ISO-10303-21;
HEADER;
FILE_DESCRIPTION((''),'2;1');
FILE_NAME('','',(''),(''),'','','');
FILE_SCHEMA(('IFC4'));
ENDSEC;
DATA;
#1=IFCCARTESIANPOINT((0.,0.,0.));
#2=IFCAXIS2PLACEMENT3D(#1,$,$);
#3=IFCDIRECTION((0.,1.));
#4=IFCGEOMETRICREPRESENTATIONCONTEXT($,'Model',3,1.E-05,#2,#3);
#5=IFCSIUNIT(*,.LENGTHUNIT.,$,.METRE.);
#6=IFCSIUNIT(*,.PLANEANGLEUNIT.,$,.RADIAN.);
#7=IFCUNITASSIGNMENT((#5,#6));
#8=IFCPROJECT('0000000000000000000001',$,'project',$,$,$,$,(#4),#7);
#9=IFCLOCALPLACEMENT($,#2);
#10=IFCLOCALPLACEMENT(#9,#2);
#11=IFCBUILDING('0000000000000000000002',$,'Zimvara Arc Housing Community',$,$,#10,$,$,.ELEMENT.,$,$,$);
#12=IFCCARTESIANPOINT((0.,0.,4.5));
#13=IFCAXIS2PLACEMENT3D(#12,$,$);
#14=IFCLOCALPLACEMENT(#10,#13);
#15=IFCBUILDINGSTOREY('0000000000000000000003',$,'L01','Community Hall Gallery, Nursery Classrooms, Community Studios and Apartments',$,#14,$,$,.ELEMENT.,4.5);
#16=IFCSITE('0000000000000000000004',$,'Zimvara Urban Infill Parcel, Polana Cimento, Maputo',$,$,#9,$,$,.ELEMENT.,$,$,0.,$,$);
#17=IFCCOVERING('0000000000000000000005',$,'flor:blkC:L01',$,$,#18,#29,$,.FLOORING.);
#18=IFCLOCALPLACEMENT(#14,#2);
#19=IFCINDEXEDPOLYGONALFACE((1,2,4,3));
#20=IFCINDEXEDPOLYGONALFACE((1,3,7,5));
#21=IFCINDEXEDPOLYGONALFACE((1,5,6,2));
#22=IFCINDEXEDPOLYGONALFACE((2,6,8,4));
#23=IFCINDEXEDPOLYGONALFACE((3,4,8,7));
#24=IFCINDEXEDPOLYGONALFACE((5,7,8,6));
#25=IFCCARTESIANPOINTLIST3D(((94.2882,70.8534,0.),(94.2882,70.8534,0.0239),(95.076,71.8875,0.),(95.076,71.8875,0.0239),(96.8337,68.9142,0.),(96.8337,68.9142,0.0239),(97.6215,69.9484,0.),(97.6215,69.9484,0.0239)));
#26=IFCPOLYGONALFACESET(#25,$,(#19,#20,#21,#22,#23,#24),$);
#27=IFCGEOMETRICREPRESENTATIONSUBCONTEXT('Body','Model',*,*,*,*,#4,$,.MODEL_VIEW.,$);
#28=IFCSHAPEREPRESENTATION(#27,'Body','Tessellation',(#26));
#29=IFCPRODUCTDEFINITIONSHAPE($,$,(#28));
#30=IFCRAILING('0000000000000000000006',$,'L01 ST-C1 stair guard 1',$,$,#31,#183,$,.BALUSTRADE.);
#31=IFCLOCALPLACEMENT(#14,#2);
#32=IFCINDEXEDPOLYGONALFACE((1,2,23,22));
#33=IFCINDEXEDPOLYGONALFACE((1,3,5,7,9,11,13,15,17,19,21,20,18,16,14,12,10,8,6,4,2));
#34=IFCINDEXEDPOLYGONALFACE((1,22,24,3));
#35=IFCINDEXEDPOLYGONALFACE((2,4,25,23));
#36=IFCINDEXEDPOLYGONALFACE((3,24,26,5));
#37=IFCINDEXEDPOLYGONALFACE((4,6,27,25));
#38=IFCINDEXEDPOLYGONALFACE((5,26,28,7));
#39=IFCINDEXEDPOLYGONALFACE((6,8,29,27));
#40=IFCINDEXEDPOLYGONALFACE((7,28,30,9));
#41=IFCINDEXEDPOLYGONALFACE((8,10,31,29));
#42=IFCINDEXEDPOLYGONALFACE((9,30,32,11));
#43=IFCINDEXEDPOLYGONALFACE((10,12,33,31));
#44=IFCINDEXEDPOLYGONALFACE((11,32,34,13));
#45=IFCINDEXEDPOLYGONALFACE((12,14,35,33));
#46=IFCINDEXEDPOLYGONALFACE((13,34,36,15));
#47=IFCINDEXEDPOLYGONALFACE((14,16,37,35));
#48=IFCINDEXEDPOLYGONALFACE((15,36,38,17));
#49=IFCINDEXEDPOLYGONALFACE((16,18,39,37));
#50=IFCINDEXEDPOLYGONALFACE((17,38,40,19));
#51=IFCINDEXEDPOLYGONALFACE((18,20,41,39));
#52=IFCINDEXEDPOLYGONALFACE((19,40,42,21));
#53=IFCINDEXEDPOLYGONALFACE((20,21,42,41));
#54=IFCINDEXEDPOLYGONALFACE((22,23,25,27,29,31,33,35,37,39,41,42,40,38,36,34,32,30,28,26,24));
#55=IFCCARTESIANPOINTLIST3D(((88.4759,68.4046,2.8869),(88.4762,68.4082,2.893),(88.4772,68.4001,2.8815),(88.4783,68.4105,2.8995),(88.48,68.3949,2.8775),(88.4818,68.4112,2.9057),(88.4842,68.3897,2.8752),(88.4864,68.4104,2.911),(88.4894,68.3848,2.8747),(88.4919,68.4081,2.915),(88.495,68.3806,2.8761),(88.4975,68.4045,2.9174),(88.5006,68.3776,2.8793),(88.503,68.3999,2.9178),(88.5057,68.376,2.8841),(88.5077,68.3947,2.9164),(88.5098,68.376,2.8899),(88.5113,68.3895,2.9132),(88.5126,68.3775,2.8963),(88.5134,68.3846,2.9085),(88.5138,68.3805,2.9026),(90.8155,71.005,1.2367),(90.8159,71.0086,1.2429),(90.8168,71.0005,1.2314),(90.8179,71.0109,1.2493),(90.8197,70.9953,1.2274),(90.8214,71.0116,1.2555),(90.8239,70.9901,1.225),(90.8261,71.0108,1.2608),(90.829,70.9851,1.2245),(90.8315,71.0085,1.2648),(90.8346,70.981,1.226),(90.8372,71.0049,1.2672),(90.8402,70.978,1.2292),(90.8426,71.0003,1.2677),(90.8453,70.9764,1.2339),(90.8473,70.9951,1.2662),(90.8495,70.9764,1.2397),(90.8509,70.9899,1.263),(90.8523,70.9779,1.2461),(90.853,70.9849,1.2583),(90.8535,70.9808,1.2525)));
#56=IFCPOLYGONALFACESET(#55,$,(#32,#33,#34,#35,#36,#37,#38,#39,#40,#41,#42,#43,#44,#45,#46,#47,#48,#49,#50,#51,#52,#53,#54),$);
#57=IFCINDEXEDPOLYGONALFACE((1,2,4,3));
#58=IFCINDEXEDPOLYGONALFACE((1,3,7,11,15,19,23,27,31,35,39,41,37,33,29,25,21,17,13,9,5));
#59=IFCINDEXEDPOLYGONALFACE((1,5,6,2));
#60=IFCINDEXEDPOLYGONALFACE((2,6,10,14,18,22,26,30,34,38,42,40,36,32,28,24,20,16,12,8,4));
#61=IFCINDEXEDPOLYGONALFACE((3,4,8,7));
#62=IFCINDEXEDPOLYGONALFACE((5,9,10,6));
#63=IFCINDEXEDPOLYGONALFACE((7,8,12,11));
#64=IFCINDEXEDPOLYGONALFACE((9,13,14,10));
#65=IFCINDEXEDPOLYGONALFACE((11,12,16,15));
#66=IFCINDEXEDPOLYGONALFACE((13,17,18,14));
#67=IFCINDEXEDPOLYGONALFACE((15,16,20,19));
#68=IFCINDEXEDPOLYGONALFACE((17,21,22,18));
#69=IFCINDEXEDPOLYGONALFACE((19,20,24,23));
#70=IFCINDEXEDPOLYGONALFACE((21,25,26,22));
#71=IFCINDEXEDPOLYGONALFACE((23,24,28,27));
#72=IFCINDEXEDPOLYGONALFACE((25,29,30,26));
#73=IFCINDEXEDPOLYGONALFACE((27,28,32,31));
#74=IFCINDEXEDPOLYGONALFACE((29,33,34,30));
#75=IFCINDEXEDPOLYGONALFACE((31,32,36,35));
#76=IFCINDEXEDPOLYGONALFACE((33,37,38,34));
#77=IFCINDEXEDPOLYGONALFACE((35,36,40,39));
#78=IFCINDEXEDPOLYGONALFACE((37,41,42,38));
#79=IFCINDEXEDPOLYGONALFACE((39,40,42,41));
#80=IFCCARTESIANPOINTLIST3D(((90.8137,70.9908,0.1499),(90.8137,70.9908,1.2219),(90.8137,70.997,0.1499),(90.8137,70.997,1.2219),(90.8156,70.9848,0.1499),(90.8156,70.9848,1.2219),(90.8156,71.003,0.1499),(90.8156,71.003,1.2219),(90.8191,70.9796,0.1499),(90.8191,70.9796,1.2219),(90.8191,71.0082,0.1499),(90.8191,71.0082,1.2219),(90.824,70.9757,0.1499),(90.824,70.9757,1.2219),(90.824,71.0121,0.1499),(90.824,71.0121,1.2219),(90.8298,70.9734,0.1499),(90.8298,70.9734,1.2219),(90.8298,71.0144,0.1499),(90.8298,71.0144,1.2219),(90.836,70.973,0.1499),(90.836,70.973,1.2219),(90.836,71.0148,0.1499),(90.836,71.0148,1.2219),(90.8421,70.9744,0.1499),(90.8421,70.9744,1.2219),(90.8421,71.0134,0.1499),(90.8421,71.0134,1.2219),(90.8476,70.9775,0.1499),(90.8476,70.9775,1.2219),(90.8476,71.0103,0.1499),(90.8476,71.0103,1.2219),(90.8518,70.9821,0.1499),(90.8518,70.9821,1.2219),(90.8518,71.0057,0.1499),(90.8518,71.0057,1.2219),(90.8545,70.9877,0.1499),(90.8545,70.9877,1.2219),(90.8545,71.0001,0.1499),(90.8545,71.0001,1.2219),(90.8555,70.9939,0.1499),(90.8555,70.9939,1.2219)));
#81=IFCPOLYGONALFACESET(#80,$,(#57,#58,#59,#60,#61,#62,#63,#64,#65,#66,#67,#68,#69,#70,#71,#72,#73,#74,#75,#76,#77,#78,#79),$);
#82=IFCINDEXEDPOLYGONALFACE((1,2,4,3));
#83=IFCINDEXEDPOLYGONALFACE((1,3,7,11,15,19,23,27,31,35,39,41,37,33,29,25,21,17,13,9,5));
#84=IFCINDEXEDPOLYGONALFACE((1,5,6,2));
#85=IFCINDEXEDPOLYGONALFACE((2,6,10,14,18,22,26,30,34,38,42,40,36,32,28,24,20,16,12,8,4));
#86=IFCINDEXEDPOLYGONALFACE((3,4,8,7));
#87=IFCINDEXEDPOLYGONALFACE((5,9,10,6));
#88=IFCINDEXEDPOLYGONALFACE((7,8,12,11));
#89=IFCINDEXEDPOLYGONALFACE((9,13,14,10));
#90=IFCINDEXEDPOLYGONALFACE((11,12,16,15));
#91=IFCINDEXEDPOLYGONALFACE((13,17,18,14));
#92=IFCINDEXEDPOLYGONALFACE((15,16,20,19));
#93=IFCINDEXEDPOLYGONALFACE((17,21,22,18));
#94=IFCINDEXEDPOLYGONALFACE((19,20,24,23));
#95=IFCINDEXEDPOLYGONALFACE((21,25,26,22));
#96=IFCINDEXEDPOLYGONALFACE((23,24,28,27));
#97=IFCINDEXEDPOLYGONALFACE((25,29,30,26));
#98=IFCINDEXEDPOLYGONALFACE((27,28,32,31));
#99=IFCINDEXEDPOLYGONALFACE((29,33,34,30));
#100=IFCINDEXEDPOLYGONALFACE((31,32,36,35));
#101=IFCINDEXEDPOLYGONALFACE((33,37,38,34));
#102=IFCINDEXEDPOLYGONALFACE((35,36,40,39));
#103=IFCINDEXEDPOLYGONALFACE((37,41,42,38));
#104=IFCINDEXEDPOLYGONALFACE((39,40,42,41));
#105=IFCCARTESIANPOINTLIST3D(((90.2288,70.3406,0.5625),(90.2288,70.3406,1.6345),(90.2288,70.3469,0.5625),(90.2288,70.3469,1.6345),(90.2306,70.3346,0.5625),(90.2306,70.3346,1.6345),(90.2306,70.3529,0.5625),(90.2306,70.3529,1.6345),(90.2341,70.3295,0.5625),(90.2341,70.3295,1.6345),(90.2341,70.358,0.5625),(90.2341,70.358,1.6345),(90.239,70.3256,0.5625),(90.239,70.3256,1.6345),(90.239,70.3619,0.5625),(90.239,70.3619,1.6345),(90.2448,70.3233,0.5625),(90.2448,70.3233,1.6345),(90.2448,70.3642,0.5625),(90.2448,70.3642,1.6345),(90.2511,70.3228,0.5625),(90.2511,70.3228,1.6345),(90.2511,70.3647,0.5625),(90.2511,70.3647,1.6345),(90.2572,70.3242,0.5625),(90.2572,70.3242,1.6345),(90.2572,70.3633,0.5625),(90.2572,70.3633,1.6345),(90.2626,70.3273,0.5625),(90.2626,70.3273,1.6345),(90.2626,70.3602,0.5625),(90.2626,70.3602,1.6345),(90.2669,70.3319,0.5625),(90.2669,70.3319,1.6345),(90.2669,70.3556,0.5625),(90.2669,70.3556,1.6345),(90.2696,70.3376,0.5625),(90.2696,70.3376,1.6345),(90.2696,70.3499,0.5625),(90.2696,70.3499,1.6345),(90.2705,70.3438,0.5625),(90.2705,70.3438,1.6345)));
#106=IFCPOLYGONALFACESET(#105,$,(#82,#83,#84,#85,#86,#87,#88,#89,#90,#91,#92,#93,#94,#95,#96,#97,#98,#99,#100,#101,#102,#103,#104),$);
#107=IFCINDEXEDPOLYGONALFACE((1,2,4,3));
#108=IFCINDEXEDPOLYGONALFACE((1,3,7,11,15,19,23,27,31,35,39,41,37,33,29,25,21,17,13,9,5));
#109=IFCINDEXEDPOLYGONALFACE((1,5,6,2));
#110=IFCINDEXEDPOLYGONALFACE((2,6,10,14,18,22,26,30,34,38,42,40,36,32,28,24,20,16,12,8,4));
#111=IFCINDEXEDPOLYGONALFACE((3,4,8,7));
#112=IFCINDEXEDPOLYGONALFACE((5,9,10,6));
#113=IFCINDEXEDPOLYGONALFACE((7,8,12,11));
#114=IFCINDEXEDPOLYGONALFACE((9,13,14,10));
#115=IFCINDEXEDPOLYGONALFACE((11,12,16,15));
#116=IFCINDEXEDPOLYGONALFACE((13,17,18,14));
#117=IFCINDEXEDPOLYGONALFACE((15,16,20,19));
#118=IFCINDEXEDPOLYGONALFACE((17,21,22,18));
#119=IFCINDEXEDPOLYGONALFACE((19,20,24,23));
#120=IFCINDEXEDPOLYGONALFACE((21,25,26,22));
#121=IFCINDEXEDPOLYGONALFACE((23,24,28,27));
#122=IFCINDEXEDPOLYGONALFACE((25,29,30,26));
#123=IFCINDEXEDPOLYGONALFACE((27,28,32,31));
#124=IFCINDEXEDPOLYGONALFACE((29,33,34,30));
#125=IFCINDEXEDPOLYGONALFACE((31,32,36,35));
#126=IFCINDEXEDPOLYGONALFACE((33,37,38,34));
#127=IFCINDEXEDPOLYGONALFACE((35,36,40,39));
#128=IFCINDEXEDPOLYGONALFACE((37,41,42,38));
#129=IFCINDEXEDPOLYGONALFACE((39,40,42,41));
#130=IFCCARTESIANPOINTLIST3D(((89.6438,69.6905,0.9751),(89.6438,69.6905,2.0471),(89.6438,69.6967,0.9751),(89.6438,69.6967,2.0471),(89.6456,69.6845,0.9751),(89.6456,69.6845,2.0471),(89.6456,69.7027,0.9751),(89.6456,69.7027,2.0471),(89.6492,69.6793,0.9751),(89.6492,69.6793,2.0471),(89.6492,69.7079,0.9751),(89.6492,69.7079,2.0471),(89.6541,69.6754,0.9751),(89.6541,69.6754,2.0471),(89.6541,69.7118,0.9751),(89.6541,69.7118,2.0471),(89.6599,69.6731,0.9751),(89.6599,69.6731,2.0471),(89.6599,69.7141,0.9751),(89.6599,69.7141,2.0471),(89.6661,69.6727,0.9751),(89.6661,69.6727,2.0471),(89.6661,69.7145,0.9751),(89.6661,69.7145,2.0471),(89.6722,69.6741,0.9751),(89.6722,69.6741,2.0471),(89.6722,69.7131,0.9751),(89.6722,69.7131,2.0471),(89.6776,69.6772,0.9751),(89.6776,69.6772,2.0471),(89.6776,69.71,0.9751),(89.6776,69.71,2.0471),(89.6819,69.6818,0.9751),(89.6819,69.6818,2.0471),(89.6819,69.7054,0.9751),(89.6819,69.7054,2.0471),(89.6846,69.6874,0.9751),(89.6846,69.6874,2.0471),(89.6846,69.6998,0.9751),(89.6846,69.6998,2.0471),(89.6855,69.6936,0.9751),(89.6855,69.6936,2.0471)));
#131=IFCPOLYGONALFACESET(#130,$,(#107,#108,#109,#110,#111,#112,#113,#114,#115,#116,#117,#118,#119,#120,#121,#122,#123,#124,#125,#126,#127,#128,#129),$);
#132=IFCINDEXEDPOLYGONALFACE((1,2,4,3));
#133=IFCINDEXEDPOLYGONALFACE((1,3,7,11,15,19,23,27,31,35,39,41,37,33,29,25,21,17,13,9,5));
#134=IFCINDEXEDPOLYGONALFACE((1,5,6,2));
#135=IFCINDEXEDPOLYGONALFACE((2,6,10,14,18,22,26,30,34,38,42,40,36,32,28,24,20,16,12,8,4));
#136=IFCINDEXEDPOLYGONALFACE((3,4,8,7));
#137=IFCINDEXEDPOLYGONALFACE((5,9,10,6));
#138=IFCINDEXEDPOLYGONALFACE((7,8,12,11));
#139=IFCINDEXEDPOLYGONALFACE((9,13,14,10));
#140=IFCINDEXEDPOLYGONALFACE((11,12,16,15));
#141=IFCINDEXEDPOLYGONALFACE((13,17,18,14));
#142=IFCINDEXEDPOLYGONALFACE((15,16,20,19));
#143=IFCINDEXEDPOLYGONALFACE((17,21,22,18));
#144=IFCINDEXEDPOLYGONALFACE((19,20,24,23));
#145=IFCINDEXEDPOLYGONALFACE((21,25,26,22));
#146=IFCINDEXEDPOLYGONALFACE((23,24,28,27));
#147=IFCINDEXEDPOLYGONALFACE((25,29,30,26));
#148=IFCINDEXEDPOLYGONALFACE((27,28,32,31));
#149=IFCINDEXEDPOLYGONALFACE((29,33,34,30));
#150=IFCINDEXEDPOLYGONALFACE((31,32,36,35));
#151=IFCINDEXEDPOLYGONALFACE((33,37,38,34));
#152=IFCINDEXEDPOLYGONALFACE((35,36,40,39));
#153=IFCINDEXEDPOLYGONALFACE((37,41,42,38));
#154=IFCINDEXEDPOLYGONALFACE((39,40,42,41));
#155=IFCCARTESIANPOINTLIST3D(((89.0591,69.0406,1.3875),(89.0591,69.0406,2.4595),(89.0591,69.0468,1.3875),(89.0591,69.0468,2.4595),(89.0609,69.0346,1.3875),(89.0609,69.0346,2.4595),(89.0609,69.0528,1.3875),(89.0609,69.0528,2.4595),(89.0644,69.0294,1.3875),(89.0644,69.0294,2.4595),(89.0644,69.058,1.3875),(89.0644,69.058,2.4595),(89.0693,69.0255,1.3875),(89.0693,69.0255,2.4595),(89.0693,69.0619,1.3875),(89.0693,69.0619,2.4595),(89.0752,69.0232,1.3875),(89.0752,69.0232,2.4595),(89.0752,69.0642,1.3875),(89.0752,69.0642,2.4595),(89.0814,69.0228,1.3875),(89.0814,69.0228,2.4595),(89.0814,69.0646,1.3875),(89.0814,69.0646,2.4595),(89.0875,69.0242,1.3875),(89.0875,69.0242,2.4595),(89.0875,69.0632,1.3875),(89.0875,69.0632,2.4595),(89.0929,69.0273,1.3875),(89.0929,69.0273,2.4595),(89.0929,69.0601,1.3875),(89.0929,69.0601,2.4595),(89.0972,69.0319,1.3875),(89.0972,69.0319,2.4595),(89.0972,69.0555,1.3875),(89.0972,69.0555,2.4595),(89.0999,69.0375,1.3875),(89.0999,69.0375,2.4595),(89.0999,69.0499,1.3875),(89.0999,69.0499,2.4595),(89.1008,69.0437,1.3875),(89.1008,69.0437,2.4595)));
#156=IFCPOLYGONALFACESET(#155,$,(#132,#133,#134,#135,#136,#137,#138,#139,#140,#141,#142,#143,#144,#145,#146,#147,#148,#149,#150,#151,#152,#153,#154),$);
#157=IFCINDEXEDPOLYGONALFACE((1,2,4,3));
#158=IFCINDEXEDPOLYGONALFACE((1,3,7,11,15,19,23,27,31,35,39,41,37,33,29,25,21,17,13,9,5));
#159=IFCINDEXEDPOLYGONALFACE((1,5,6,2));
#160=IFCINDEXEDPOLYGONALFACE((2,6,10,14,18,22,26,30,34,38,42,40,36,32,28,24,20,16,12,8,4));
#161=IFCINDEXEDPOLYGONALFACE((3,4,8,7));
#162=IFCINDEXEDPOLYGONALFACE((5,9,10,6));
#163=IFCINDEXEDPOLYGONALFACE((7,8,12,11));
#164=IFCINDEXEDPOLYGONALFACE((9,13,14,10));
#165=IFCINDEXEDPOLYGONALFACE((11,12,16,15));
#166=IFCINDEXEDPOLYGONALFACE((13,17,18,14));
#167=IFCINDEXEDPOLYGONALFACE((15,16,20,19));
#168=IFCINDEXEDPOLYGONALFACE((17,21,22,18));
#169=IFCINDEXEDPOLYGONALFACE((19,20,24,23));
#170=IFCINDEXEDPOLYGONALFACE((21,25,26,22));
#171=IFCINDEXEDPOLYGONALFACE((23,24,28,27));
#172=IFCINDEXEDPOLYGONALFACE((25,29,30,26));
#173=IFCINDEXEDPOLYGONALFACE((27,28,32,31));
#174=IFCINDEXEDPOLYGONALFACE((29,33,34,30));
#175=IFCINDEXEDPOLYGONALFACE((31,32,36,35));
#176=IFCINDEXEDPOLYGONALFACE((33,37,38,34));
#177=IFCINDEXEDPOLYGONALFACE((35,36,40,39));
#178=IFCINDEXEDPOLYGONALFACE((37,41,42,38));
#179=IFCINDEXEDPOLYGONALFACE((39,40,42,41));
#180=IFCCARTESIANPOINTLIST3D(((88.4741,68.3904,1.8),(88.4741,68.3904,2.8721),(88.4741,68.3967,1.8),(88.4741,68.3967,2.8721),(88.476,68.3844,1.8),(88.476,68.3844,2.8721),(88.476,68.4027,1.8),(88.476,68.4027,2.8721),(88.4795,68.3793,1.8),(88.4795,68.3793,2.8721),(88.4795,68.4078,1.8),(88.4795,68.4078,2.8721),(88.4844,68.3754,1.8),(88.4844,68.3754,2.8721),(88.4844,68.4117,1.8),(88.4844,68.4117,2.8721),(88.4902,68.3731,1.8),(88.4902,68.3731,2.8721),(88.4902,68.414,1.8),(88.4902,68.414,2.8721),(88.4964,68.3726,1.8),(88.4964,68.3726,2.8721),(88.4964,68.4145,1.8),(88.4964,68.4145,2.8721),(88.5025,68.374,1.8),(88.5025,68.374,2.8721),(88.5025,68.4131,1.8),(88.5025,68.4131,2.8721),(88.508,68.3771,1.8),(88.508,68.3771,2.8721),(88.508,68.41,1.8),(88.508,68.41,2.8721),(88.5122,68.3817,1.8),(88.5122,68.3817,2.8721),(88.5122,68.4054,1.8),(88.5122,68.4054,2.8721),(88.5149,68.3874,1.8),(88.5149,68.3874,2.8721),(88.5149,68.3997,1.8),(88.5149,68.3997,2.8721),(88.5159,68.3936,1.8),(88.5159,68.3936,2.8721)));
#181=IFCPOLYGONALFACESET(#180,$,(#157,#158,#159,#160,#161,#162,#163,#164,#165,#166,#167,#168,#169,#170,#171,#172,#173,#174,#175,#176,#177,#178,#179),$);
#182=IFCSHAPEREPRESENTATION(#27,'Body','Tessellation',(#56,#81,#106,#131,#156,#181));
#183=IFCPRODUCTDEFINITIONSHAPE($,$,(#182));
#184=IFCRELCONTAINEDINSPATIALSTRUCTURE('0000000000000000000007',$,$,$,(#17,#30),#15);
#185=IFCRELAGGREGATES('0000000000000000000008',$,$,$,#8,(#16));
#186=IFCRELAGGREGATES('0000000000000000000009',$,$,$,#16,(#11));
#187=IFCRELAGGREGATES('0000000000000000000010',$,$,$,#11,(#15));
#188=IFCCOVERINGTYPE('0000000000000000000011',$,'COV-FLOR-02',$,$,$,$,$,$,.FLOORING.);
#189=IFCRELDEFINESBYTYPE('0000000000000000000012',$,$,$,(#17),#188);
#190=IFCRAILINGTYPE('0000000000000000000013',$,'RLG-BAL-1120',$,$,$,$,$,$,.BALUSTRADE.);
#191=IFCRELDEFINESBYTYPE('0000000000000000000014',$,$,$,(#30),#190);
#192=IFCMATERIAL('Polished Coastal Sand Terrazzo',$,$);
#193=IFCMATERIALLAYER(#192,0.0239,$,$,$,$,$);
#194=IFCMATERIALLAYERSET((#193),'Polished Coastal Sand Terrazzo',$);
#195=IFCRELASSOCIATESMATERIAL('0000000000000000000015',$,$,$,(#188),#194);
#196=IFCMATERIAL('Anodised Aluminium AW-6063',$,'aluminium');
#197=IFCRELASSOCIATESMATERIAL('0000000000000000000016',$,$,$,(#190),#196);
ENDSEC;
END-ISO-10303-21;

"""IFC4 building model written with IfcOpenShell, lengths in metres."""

from ifc_helpers import new_model, si_unit, direction, frame, origin, origin_2d, place, context, subcontext, project, spatial, rectangle, circle, extrude, material, layer, layer_set, type_object, element, save


model = new_model("IFC4")

# Units and contexts
model_context = context("Model", 3, precision=1e-05, world=origin(), true_north=direction((0.0, 1.0)))
body_context = subcontext(model_context, "Body", "Model", "MODEL_VIEW")
ifc_project = project(units=[si_unit("LENGTHUNIT", "METRE"), si_unit("PLANEANGLEUNIT", "RADIAN")], contexts=[model_context])

# Site, building, storey
site_placement = place(None, origin())
site = spatial("IfcSite", under=ifc_project, at=site_placement, Name="Zimvara Urban Infill Parcel, Polana Cimento, Maputo", CompositionType="ELEMENT", RefElevation=0.0)
building_placement = place(site_placement, origin())
building = spatial("IfcBuilding", under=site, at=building_placement, Name="Zimvara Arc Housing Community", CompositionType="ELEMENT")
storey_placement = place(building_placement, frame((0.0, 0.0, 4.5)))
storey = spatial("IfcBuildingStorey", under=building, at=storey_placement, Name="L01", Description="Community Hall Gallery, Nursery Classrooms, Community Studios and Apartments", CompositionType="ELEMENT", Elevation=4.5)

# Covering
ifc_material_1 = material(Name="Polished Coastal Sand Terrazzo")
ifc_layer_1 = layer(ifc_material_1, 0.0239)
ifc_layer_set_1 = layer_set([ifc_layer_1], Name="Polished Coastal Sand Terrazzo")
covering_type_1 = type_object("IfcCoveringType", Name="COV-FLOR-02", PredefinedType="FLOORING", material=ifc_layer_set_1)
covering_1_placement = place(storey_placement, frame((95.9548, 70.4009, 0.0), z_axis=(0.0, 0.0, 1.0), x_axis=(-0.605988, -0.795473, 0.0)))
element("IfcCovering", 1, at=covering_1_placement, inside=storey, type_object=covering_type_1, Name="flor:blkC:L01", PredefinedType="FLOORING", context=body_context, shape_type="SweptSolid", body=[
    extrude(rectangle(XDim=1.3, YDim=3.2, at=origin_2d()), origin(), (0.0, 0.0, 1.0), 0.0239),
])

# Railing
ifc_material_2 = material(Name="Anodised Aluminium AW-6063", Category="aluminium")
railing_type_1 = type_object("IfcRailingType", Name="RLG-BAL-1120", PredefinedType="BALUSTRADE", material=ifc_material_2)
railing_1_placement = place(storey_placement, frame((90.8345, 70.9939, 0.1499)))
element("IfcRailing", 2, at=railing_1_placement, inside=storey, type_object=railing_type_1, Name="L01 ST-C1 stair guard 1", PredefinedType="BALUSTRADE", context=body_context, shape_type="SweptSolid", body=[
    extrude(circle(Radius=0.0239, at=origin_2d()), frame((0.0, 0.0, 1.0962), z_axis=(-0.60492, -0.672336, 0.426657), x_axis=(0.743395, -0.668853, 0.0)), (0.0, 0.0, 1.0), 3.8677),
    extrude(circle(Radius=0.021, at=origin_2d()), origin(), (0.0, 0.0, 1.0), 1.072),
    extrude(circle(Radius=0.021, at=origin_2d()), frame((-0.585, -0.6501, 0.4126)), (0.0, 0.0, 1.0), 1.072),
    extrude(circle(Radius=0.021, at=origin_2d()), frame((-1.1699, -1.3003, 0.8252)), (0.0, 0.0, 1.0), 1.072),
    extrude(circle(Radius=0.021, at=origin_2d()), frame((-1.7546, -1.9502, 1.2375)), (0.0, 0.0, 1.0), 1.072),
    extrude(circle(Radius=0.021, at=origin_2d()), frame((-2.3396, -2.6003, 1.6501)), (0.0, 0.0, 1.0), 1.072),
])

save(model, "model.ifc")
